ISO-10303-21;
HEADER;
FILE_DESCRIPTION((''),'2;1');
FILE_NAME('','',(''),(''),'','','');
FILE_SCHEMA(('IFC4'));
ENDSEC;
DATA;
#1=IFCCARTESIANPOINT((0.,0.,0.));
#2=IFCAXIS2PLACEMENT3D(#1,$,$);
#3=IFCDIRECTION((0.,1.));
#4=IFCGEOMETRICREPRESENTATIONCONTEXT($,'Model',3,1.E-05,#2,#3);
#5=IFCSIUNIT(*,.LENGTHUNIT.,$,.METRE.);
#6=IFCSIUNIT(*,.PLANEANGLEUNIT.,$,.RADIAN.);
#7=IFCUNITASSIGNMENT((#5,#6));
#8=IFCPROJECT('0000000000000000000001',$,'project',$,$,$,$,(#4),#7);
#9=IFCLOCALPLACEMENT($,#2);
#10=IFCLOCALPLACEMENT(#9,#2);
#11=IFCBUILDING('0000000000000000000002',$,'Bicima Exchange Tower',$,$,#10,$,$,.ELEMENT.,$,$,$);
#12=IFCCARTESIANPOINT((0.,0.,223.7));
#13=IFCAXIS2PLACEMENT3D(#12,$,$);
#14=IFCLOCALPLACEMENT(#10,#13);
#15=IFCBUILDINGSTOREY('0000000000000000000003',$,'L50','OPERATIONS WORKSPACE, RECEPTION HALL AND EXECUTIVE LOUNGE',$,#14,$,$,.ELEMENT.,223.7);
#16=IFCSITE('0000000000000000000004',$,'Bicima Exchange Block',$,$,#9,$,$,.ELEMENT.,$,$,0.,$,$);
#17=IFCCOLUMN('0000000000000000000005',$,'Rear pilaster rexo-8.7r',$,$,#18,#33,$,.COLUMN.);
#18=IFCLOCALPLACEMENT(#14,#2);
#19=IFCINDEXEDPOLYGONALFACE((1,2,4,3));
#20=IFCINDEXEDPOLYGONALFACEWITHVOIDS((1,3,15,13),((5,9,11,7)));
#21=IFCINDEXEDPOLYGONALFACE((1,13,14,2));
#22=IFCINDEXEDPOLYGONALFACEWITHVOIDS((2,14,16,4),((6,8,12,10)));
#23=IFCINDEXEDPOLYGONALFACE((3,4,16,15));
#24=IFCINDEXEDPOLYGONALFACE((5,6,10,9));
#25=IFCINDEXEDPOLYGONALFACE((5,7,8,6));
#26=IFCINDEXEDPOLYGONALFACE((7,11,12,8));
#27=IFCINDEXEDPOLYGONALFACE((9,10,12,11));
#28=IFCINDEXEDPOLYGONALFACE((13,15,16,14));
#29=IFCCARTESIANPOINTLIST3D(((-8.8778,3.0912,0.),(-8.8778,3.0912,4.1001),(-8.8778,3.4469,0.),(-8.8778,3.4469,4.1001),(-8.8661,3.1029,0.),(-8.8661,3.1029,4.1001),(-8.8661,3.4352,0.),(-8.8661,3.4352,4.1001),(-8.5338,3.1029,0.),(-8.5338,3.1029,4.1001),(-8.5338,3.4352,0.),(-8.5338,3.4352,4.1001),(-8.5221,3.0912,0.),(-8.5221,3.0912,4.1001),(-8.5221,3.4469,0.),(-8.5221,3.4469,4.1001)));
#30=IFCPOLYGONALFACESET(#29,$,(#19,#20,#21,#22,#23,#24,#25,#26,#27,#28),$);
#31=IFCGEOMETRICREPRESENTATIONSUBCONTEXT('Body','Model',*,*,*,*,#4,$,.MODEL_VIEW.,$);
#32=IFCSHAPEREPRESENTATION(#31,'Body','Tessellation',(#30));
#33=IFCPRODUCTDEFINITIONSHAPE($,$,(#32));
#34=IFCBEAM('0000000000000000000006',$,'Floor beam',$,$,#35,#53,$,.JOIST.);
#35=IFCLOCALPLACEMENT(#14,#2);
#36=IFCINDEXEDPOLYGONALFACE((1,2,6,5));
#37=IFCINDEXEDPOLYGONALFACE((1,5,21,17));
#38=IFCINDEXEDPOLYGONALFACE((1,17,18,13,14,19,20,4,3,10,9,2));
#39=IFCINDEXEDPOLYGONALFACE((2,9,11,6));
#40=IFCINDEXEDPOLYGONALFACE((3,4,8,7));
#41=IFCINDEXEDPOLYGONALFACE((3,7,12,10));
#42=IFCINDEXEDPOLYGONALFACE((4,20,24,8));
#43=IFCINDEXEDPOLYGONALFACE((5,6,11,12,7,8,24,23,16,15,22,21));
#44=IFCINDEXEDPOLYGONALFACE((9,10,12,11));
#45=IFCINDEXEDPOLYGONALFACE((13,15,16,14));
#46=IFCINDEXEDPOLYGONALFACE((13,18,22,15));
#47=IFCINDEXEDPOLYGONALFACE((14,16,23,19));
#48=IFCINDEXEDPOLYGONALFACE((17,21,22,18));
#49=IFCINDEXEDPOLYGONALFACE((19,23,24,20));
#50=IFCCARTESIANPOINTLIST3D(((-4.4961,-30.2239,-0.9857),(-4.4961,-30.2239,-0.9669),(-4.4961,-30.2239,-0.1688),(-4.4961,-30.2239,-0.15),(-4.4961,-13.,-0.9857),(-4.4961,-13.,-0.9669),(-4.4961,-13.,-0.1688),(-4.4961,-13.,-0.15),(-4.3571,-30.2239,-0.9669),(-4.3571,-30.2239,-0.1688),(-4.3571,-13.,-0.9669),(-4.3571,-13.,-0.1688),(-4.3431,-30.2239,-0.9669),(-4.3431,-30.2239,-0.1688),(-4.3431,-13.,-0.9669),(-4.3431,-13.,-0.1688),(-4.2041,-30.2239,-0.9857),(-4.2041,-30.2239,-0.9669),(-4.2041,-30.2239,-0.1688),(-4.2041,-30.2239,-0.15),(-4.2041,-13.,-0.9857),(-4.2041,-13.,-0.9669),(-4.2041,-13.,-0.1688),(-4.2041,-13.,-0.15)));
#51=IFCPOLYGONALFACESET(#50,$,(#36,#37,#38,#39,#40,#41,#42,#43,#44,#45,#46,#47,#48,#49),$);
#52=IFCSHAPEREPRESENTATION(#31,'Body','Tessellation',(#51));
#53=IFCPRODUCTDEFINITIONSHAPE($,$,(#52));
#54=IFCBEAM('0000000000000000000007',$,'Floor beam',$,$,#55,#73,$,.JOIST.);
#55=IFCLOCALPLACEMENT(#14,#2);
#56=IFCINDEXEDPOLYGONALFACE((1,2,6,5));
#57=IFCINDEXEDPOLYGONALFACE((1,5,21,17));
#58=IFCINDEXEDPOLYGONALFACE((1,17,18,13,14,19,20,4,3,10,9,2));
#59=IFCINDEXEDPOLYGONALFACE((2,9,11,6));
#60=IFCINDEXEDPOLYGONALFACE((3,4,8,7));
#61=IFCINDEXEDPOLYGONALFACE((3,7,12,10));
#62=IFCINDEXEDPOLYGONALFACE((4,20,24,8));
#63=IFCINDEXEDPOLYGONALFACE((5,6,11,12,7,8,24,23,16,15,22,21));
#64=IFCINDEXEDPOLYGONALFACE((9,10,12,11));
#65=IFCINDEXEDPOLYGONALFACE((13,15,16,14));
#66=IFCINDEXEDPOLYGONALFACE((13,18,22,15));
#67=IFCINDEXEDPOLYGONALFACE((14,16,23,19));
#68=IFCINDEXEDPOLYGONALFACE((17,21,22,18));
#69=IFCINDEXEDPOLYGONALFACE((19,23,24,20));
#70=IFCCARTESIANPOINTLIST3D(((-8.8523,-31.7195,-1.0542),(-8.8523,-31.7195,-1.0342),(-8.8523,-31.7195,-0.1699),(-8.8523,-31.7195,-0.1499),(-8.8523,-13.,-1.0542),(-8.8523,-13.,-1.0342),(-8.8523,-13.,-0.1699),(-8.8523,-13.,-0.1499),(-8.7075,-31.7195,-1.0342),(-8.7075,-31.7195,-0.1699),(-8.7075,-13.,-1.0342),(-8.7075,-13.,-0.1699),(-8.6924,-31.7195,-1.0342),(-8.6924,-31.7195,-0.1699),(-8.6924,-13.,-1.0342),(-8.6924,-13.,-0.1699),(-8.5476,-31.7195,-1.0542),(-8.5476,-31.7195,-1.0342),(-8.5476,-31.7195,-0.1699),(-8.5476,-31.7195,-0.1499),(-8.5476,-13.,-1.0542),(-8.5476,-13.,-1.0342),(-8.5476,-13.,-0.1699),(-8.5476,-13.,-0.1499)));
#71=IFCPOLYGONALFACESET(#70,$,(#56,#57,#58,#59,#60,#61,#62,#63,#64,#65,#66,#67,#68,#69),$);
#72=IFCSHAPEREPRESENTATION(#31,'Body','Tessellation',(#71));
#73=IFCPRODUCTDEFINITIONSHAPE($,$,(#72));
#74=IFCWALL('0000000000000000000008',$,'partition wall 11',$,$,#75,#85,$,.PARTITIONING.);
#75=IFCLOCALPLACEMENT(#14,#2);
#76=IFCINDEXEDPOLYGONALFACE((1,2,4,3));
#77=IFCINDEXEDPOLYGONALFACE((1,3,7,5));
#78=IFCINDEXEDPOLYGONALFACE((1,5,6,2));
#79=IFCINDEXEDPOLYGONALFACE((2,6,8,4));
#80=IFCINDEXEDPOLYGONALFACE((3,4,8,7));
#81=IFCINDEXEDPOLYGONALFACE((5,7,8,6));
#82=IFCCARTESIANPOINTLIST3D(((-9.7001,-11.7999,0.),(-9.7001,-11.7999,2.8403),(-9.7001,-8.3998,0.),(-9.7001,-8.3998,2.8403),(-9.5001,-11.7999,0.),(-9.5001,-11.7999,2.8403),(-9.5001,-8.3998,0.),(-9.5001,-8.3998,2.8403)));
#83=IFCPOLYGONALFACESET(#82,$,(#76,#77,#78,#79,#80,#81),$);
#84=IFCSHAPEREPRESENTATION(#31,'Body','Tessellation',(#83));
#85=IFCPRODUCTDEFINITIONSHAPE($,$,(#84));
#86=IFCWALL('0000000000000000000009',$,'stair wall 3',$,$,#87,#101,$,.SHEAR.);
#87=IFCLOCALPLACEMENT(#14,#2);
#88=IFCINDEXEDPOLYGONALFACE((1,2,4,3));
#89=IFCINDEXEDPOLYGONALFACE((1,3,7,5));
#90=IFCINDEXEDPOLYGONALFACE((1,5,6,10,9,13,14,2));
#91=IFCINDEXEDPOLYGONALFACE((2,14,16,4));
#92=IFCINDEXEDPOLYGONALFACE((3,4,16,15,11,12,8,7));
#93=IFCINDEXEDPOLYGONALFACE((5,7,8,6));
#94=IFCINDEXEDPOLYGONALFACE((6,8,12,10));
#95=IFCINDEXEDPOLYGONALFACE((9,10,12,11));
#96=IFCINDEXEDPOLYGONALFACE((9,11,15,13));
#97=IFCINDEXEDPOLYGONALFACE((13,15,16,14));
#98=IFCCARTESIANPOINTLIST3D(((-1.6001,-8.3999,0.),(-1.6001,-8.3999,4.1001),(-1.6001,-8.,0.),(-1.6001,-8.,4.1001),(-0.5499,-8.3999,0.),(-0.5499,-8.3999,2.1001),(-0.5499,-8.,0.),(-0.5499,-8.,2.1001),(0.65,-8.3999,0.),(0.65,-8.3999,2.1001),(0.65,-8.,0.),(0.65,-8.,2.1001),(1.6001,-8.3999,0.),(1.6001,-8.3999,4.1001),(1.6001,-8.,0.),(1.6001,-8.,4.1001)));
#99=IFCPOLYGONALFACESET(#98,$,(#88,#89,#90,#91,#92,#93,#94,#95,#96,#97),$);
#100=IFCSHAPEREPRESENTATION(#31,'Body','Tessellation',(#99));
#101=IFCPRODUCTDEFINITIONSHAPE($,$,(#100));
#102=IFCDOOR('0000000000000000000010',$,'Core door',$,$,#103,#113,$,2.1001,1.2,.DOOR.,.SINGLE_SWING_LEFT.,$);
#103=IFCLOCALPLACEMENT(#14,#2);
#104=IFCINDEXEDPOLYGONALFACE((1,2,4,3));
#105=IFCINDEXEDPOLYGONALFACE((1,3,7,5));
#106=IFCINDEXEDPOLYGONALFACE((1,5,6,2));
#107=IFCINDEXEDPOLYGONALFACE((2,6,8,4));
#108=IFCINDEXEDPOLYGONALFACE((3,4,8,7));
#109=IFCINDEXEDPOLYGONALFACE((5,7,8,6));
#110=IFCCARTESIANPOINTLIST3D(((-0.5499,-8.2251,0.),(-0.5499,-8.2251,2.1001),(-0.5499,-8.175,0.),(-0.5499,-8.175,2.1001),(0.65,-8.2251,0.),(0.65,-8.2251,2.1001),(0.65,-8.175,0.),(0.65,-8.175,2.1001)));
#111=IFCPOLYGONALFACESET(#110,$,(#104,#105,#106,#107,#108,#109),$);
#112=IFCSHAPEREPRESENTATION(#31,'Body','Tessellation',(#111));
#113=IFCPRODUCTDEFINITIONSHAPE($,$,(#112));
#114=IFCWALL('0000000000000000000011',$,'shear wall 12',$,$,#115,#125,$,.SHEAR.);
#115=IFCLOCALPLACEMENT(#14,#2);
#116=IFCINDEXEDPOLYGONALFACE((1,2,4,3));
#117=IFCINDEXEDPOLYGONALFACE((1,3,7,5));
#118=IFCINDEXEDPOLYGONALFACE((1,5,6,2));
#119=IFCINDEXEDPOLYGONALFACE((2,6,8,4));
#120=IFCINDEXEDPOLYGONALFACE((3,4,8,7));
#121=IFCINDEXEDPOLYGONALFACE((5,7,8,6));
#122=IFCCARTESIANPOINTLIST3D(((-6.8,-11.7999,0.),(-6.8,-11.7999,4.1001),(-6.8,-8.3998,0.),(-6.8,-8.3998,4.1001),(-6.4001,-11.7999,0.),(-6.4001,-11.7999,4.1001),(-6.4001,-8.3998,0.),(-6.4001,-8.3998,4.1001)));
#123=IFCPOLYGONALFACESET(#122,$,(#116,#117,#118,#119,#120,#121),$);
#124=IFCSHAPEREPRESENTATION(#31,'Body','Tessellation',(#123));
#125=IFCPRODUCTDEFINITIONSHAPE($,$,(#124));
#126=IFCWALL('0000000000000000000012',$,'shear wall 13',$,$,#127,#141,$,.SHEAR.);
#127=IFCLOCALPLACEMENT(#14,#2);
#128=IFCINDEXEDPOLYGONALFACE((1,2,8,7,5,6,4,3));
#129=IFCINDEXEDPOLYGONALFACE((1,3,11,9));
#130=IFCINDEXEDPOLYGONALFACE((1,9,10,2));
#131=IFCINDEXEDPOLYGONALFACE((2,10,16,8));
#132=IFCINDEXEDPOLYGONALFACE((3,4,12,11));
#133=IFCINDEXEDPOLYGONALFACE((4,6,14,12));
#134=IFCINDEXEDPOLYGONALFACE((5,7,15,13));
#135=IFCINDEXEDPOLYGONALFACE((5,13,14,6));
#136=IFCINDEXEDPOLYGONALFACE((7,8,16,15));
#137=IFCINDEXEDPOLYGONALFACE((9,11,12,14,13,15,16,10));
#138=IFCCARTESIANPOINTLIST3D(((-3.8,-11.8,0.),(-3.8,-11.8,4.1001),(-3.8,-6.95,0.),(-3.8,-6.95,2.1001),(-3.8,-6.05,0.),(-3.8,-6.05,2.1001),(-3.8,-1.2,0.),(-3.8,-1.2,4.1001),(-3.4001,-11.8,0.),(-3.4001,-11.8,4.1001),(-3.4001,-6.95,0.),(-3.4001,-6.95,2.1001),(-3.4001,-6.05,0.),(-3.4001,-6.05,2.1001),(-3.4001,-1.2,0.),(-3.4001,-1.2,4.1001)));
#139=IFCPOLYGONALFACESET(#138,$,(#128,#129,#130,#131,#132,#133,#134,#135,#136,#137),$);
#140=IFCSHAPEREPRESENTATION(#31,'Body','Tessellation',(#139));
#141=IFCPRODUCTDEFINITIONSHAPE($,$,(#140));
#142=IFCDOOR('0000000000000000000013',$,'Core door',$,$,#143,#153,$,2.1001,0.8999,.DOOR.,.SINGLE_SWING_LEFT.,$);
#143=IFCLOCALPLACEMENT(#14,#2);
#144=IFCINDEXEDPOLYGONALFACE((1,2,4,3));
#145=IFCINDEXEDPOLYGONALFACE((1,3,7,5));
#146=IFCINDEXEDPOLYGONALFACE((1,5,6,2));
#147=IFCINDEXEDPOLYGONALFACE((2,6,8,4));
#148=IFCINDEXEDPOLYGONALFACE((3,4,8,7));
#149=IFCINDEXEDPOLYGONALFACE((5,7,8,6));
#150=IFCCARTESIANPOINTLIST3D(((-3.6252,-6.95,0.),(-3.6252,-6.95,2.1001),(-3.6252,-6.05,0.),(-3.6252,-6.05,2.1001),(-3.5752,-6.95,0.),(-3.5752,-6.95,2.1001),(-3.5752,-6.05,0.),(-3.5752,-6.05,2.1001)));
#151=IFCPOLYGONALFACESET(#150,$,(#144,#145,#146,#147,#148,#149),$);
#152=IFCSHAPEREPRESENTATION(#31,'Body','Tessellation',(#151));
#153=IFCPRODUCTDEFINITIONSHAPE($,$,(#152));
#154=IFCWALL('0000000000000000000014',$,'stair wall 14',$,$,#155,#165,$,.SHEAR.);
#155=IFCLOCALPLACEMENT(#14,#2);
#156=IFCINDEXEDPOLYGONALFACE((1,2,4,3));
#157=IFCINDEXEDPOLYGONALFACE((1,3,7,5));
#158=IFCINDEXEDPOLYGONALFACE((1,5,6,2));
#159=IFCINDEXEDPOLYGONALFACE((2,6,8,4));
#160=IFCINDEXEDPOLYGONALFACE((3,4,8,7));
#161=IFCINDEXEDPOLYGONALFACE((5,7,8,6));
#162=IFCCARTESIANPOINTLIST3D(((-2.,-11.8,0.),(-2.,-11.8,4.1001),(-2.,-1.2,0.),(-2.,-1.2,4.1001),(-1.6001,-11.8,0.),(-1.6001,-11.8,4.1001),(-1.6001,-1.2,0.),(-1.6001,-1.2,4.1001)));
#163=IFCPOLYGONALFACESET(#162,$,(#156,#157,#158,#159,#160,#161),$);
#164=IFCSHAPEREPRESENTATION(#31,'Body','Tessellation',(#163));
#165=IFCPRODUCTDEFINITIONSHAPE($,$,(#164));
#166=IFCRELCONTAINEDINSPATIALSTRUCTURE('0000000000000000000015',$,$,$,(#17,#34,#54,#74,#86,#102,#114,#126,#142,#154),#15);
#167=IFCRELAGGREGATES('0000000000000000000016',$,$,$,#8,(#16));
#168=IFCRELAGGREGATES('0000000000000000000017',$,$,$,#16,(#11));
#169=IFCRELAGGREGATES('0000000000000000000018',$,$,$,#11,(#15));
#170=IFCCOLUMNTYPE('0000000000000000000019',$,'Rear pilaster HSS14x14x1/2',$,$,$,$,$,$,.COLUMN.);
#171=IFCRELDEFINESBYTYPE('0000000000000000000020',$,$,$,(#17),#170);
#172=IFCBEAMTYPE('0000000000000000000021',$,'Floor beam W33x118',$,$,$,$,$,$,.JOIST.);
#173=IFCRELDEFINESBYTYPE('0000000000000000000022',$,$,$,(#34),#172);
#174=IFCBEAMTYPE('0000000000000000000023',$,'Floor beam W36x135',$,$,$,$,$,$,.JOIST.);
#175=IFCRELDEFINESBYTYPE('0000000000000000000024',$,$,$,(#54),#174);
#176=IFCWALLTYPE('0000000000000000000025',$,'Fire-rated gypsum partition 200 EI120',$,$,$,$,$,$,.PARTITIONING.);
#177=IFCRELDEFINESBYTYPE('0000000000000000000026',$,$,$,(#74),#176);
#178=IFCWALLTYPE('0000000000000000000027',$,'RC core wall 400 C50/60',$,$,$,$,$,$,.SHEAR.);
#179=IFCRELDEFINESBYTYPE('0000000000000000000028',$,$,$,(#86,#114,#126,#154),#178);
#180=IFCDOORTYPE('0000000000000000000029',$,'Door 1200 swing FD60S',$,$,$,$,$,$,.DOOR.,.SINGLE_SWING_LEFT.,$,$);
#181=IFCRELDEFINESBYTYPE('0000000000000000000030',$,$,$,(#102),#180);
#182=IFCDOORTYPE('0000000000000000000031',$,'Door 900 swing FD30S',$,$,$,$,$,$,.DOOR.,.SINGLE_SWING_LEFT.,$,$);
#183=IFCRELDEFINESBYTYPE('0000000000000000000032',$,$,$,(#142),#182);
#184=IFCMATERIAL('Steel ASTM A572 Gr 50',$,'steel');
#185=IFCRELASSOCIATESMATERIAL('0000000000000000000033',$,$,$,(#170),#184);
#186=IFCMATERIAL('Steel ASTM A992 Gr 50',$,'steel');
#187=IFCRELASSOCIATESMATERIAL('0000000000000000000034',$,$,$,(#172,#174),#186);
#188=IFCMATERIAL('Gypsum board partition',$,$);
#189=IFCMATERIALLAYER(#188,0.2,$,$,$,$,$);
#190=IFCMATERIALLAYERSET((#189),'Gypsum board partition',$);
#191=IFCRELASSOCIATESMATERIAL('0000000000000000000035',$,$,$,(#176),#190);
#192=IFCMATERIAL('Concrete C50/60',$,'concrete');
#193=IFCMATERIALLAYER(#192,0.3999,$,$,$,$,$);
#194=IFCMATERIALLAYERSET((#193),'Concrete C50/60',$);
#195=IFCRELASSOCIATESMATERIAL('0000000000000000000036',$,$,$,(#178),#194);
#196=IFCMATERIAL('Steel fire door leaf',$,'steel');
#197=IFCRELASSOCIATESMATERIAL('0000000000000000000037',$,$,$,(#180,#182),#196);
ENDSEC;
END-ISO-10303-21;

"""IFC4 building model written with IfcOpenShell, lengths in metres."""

from ifc_helpers import new_model, si_unit, direction, frame, frame_2d, origin, origin_2d, place, context, subcontext, project, spatial, rectangle, hollow_rectangle, i_section, extrude, material, layer, layer_set, material_profile, profile_set, type_object, element, fill, save


model = new_model("IFC4")

# Units and contexts
model_context = context("Model", 3, precision=1e-05, world=origin(), true_north=direction((0.0, 1.0)))
body_context = subcontext(model_context, "Body", "Model", "MODEL_VIEW")
ifc_project = project(units=[si_unit("LENGTHUNIT", "METRE"), si_unit("PLANEANGLEUNIT", "RADIAN")], contexts=[model_context])

# Site, building, storey
site_placement = place(None, origin())
site = spatial("IfcSite", under=ifc_project, at=site_placement, Name="Bicima Exchange Block", CompositionType="ELEMENT", RefElevation=0.0)
building_placement = place(site_placement, origin())
building = spatial("IfcBuilding", under=site, at=building_placement, Name="Bicima Exchange Tower", CompositionType="ELEMENT")
storey_placement = place(building_placement, frame((0.0, 0.0, 223.7)))
storey = spatial("IfcBuildingStorey", under=building, at=storey_placement, Name="L50", Description="OPERATIONS WORKSPACE, RECEPTION HALL AND EXECUTIVE LOUNGE", CompositionType="ELEMENT", Elevation=223.7)

# Column
ifc_material_1 = material(Name="Steel ASTM A572 Gr 50", Category="steel")
ifc_material_profile_1 = material_profile(ifc_material_1, hollow_rectangle(XDim=0.3557, YDim=0.3557, WallThickness=0.0117, at=origin_2d()))
ifc_profile_set_1 = profile_set([ifc_material_profile_1], Name="Steel ASTM A572 Gr 50")
column_type = type_object("IfcColumnType", Name="Rear pilaster HSS14x14x1/2", PredefinedType="COLUMN", material=ifc_profile_set_1)
column_placement = place(storey_placement, frame((-8.7, 3.269, 0.0), z_axis=(0.0, 0.0, 1.0), x_axis=(1.0, 0.0, 0.0)))
element("IfcColumn", 1, at=column_placement, inside=storey, type_object=column_type, Name="Rear pilaster rexo-8.7r", PredefinedType="COLUMN", context=body_context, shape_type="SweptSolid", body=[
    extrude(hollow_rectangle(XDim=0.3557, YDim=0.3557, WallThickness=0.0117, at=origin_2d()), origin(), (0.0, 0.0, 1.0), 4.1001),
])

# Beams
ifc_material_2 = material(Name="Steel ASTM A992 Gr 50", Category="steel")
ifc_material_profile_2 = material_profile(ifc_material_2, i_section(OverallWidth=0.292, OverallDepth=0.8357, WebThickness=0.0139, FlangeThickness=0.0188, at=origin_2d()))
ifc_profile_set_2 = profile_set([ifc_material_profile_2], Name="Steel ASTM A992 Gr 50")
beam_type_1 = type_object("IfcBeamType", Name="Floor beam W33x118", PredefinedType="JOIST", material=ifc_profile_set_2)
beam_1_placement = place(storey_placement, frame((-4.3501, -13.0, -0.5679), z_axis=(0.0, -1.0, 0.0), x_axis=(1.0, 0.0, 0.0)))
element("IfcBeam", 2, at=beam_1_placement, inside=storey, type_object=beam_type_1, Name="Floor beam", PredefinedType="JOIST", context=body_context, shape_type="SweptSolid", body=[
    extrude(i_section(OverallWidth=0.292, OverallDepth=0.8357, WebThickness=0.0139, FlangeThickness=0.0188, at=origin_2d()), origin(), (0.0, 0.0, 1.0), 17.2239),
])
ifc_material_profile_3 = material_profile(ifc_material_2, i_section(OverallWidth=0.3047, OverallDepth=0.9043, WebThickness=0.0151, FlangeThickness=0.02, at=origin_2d()))
ifc_profile_set_3 = profile_set([ifc_material_profile_3], Name="Steel ASTM A992 Gr 50")
beam_type_2 = type_object("IfcBeamType", Name="Floor beam W36x135", PredefinedType="JOIST", material=ifc_profile_set_3)
beam_2_placement = place(storey_placement, frame((-8.7, -13.0, -0.6021), z_axis=(0.0, -1.0, 0.0), x_axis=(1.0, 0.0, 0.0)))
element("IfcBeam", 3, at=beam_2_placement, inside=storey, type_object=beam_type_2, Name="Floor beam", PredefinedType="JOIST", context=body_context, shape_type="SweptSolid", body=[
    extrude(i_section(OverallWidth=0.3047, OverallDepth=0.9043, WebThickness=0.0151, FlangeThickness=0.02, at=origin_2d()), origin(), (0.0, 0.0, 1.0), 18.7195),
])

# Wall
ifc_material_3 = material(Name="Gypsum board partition")
ifc_layer_1 = layer(ifc_material_3, 0.2)
ifc_layer_set_1 = layer_set([ifc_layer_1], Name="Gypsum board partition")
wall_type_1 = type_object("IfcWallType", Name="Fire-rated gypsum partition 200 EI120", PredefinedType="PARTITIONING", material=ifc_layer_set_1)
wall_1_placement = place(storey_placement, frame((-9.6001, -11.8, 0.0), z_axis=(0.0, 0.0, 1.0), x_axis=(0.0, 1.0, 0.0)))
element("IfcWall", 4, at=wall_1_placement, inside=storey, type_object=wall_type_1, Name="partition wall 11", PredefinedType="PARTITIONING", context=body_context, shape_type="SweptSolid", body=[
    extrude(rectangle(XDim=3.4001, YDim=0.2, at=frame_2d((1.7002, 0.0))), origin(), (0.0, 0.0, 1.0), 2.8403),
])

# Wall, opening, door
ifc_material_4 = material(Name="Concrete C50/60", Category="concrete")
ifc_layer_2 = layer(ifc_material_4, 0.3999)
ifc_layer_set_2 = layer_set([ifc_layer_2], Name="Concrete C50/60")
wall_type_2 = type_object("IfcWallType", Name="RC core wall 400 C50/60", PredefinedType="SHEAR", material=ifc_layer_set_2)
wall_2_placement = place(storey_placement, frame((-1.6001, -8.2, 0.0), z_axis=(0.0, 0.0, 1.0), x_axis=(1.0, 0.0, 0.0)))
wall_2 = element("IfcWall", 5, at=wall_2_placement, inside=storey, type_object=wall_type_2, Name="stair wall 3", PredefinedType="SHEAR", context=body_context, shape_type="SweptSolid", body=[
    extrude(rectangle(XDim=3.2002, YDim=0.3999, at=frame_2d((1.6001, 0.0))), origin(), (0.0, 0.0, 1.0), 4.1001),
])
opening_1_placement = place(wall_2_placement, frame((1.05, 0.0, 0.0)))
opening_1 = element("IfcOpeningElement", 6, at=opening_1_placement, cuts=wall_2, PredefinedType="OPENING", context=body_context, shape_type="SweptSolid", body=[
    extrude(rectangle(XDim=1.2, YDim=2.1001, at=frame_2d((0.6001, 1.05))), frame((0.0, 0.2119, 0.0), z_axis=(0.0, -1.0, 0.0), x_axis=(1.0, 0.0, 0.0)), (0.0, 0.0, 1.0), 0.4238),
])
ifc_material_5 = material(Name="Steel fire door leaf", Category="steel")
door_type_1 = type_object("IfcDoorType", Name="Door 1200 swing FD60S", OperationType="SINGLE_SWING_LEFT", PredefinedType="DOOR", material=ifc_material_5)
door_1_placement = place(opening_1_placement, origin())
door_1 = element("IfcDoor", 7, at=door_1_placement, inside=storey, type_object=door_type_1, Name="Core door", OperationType="SINGLE_SWING_LEFT", OverallHeight=2.1001, OverallWidth=1.2, PredefinedType="DOOR", context=body_context, shape_type="SweptSolid", body=[
    extrude(rectangle(XDim=1.2, YDim=2.1001, at=frame_2d((0.6001, 1.05))), frame((0.0, 0.0249, 0.0), z_axis=(0.0, -1.0, 0.0), x_axis=(1.0, 0.0, 0.0)), (0.0, 0.0, 1.0), 0.05),
])
fill(opening_1, door_1)

# Wall
wall_3_placement = place(storey_placement, frame((-6.6001, -11.8, 0.0), z_axis=(0.0, 0.0, 1.0), x_axis=(0.0, 1.0, 0.0)))
element("IfcWall", 8, at=wall_3_placement, inside=storey, type_object=wall_type_2, Name="shear wall 12", PredefinedType="SHEAR", context=body_context, shape_type="SweptSolid", body=[
    extrude(rectangle(XDim=3.4001, YDim=0.3999, at=frame_2d((1.7002, 0.0))), origin(), (0.0, 0.0, 1.0), 4.1001),
])

# Wall, opening, door
wall_4_placement = place(storey_placement, frame((-3.6001, -11.8, 0.0), z_axis=(0.0, 0.0, 1.0), x_axis=(0.0, 1.0, 0.0)))
wall_4 = element("IfcWall", 9, at=wall_4_placement, inside=storey, type_object=wall_type_2, Name="shear wall 13", PredefinedType="SHEAR", context=body_context, shape_type="SweptSolid", body=[
    extrude(rectangle(XDim=10.6001, YDim=0.3999, at=frame_2d((5.3, 0.0))), origin(), (0.0, 0.0, 1.0), 4.1001),
])
opening_2_placement = place(wall_4_placement, frame((4.8501, 0.0, 0.0)))
opening_2 = element("IfcOpeningElement", 10, at=opening_2_placement, cuts=wall_4, PredefinedType="OPENING", context=body_context, shape_type="SweptSolid", body=[
    extrude(rectangle(XDim=0.8999, YDim=2.1001, at=frame_2d((0.45, 1.05))), frame((0.0, 0.2119, 0.0), z_axis=(0.0, -1.0, 0.0), x_axis=(1.0, 0.0, 0.0)), (0.0, 0.0, 1.0), 0.4238),
])
door_type_2 = type_object("IfcDoorType", Name="Door 900 swing FD30S", OperationType="SINGLE_SWING_LEFT", PredefinedType="DOOR", material=ifc_material_5)
door_2_placement = place(opening_2_placement, frame((0.8999, 0.0, 0.0), z_axis=(0.0, 0.0, 1.0), x_axis=(-1.0, 0.0, 0.0)))
door_2 = element("IfcDoor", 11, at=door_2_placement, inside=storey, type_object=door_type_2, Name="Core door", OperationType="SINGLE_SWING_LEFT", OverallHeight=2.1001, OverallWidth=0.8999, PredefinedType="DOOR", context=body_context, shape_type="SweptSolid", body=[
    extrude(rectangle(XDim=0.8999, YDim=2.1001, at=frame_2d((0.45, 1.05))), frame((0.0, 0.0249, 0.0), z_axis=(0.0, -1.0, 0.0), x_axis=(1.0, 0.0, 0.0)), (0.0, 0.0, 1.0), 0.05),
])
fill(opening_2, door_2)

# Wall
wall_5_placement = place(storey_placement, frame((-1.8, -11.8, 0.0), z_axis=(0.0, 0.0, 1.0), x_axis=(0.0, 1.0, 0.0)))
element("IfcWall", 12, at=wall_5_placement, inside=storey, type_object=wall_type_2, Name="stair wall 14", PredefinedType="SHEAR", context=body_context, shape_type="SweptSolid", body=[
    extrude(rectangle(XDim=10.6001, YDim=0.3999, at=frame_2d((5.3, 0.0))), origin(), (0.0, 0.0, 1.0), 4.1001),
])

save(model, "model.ifc")
